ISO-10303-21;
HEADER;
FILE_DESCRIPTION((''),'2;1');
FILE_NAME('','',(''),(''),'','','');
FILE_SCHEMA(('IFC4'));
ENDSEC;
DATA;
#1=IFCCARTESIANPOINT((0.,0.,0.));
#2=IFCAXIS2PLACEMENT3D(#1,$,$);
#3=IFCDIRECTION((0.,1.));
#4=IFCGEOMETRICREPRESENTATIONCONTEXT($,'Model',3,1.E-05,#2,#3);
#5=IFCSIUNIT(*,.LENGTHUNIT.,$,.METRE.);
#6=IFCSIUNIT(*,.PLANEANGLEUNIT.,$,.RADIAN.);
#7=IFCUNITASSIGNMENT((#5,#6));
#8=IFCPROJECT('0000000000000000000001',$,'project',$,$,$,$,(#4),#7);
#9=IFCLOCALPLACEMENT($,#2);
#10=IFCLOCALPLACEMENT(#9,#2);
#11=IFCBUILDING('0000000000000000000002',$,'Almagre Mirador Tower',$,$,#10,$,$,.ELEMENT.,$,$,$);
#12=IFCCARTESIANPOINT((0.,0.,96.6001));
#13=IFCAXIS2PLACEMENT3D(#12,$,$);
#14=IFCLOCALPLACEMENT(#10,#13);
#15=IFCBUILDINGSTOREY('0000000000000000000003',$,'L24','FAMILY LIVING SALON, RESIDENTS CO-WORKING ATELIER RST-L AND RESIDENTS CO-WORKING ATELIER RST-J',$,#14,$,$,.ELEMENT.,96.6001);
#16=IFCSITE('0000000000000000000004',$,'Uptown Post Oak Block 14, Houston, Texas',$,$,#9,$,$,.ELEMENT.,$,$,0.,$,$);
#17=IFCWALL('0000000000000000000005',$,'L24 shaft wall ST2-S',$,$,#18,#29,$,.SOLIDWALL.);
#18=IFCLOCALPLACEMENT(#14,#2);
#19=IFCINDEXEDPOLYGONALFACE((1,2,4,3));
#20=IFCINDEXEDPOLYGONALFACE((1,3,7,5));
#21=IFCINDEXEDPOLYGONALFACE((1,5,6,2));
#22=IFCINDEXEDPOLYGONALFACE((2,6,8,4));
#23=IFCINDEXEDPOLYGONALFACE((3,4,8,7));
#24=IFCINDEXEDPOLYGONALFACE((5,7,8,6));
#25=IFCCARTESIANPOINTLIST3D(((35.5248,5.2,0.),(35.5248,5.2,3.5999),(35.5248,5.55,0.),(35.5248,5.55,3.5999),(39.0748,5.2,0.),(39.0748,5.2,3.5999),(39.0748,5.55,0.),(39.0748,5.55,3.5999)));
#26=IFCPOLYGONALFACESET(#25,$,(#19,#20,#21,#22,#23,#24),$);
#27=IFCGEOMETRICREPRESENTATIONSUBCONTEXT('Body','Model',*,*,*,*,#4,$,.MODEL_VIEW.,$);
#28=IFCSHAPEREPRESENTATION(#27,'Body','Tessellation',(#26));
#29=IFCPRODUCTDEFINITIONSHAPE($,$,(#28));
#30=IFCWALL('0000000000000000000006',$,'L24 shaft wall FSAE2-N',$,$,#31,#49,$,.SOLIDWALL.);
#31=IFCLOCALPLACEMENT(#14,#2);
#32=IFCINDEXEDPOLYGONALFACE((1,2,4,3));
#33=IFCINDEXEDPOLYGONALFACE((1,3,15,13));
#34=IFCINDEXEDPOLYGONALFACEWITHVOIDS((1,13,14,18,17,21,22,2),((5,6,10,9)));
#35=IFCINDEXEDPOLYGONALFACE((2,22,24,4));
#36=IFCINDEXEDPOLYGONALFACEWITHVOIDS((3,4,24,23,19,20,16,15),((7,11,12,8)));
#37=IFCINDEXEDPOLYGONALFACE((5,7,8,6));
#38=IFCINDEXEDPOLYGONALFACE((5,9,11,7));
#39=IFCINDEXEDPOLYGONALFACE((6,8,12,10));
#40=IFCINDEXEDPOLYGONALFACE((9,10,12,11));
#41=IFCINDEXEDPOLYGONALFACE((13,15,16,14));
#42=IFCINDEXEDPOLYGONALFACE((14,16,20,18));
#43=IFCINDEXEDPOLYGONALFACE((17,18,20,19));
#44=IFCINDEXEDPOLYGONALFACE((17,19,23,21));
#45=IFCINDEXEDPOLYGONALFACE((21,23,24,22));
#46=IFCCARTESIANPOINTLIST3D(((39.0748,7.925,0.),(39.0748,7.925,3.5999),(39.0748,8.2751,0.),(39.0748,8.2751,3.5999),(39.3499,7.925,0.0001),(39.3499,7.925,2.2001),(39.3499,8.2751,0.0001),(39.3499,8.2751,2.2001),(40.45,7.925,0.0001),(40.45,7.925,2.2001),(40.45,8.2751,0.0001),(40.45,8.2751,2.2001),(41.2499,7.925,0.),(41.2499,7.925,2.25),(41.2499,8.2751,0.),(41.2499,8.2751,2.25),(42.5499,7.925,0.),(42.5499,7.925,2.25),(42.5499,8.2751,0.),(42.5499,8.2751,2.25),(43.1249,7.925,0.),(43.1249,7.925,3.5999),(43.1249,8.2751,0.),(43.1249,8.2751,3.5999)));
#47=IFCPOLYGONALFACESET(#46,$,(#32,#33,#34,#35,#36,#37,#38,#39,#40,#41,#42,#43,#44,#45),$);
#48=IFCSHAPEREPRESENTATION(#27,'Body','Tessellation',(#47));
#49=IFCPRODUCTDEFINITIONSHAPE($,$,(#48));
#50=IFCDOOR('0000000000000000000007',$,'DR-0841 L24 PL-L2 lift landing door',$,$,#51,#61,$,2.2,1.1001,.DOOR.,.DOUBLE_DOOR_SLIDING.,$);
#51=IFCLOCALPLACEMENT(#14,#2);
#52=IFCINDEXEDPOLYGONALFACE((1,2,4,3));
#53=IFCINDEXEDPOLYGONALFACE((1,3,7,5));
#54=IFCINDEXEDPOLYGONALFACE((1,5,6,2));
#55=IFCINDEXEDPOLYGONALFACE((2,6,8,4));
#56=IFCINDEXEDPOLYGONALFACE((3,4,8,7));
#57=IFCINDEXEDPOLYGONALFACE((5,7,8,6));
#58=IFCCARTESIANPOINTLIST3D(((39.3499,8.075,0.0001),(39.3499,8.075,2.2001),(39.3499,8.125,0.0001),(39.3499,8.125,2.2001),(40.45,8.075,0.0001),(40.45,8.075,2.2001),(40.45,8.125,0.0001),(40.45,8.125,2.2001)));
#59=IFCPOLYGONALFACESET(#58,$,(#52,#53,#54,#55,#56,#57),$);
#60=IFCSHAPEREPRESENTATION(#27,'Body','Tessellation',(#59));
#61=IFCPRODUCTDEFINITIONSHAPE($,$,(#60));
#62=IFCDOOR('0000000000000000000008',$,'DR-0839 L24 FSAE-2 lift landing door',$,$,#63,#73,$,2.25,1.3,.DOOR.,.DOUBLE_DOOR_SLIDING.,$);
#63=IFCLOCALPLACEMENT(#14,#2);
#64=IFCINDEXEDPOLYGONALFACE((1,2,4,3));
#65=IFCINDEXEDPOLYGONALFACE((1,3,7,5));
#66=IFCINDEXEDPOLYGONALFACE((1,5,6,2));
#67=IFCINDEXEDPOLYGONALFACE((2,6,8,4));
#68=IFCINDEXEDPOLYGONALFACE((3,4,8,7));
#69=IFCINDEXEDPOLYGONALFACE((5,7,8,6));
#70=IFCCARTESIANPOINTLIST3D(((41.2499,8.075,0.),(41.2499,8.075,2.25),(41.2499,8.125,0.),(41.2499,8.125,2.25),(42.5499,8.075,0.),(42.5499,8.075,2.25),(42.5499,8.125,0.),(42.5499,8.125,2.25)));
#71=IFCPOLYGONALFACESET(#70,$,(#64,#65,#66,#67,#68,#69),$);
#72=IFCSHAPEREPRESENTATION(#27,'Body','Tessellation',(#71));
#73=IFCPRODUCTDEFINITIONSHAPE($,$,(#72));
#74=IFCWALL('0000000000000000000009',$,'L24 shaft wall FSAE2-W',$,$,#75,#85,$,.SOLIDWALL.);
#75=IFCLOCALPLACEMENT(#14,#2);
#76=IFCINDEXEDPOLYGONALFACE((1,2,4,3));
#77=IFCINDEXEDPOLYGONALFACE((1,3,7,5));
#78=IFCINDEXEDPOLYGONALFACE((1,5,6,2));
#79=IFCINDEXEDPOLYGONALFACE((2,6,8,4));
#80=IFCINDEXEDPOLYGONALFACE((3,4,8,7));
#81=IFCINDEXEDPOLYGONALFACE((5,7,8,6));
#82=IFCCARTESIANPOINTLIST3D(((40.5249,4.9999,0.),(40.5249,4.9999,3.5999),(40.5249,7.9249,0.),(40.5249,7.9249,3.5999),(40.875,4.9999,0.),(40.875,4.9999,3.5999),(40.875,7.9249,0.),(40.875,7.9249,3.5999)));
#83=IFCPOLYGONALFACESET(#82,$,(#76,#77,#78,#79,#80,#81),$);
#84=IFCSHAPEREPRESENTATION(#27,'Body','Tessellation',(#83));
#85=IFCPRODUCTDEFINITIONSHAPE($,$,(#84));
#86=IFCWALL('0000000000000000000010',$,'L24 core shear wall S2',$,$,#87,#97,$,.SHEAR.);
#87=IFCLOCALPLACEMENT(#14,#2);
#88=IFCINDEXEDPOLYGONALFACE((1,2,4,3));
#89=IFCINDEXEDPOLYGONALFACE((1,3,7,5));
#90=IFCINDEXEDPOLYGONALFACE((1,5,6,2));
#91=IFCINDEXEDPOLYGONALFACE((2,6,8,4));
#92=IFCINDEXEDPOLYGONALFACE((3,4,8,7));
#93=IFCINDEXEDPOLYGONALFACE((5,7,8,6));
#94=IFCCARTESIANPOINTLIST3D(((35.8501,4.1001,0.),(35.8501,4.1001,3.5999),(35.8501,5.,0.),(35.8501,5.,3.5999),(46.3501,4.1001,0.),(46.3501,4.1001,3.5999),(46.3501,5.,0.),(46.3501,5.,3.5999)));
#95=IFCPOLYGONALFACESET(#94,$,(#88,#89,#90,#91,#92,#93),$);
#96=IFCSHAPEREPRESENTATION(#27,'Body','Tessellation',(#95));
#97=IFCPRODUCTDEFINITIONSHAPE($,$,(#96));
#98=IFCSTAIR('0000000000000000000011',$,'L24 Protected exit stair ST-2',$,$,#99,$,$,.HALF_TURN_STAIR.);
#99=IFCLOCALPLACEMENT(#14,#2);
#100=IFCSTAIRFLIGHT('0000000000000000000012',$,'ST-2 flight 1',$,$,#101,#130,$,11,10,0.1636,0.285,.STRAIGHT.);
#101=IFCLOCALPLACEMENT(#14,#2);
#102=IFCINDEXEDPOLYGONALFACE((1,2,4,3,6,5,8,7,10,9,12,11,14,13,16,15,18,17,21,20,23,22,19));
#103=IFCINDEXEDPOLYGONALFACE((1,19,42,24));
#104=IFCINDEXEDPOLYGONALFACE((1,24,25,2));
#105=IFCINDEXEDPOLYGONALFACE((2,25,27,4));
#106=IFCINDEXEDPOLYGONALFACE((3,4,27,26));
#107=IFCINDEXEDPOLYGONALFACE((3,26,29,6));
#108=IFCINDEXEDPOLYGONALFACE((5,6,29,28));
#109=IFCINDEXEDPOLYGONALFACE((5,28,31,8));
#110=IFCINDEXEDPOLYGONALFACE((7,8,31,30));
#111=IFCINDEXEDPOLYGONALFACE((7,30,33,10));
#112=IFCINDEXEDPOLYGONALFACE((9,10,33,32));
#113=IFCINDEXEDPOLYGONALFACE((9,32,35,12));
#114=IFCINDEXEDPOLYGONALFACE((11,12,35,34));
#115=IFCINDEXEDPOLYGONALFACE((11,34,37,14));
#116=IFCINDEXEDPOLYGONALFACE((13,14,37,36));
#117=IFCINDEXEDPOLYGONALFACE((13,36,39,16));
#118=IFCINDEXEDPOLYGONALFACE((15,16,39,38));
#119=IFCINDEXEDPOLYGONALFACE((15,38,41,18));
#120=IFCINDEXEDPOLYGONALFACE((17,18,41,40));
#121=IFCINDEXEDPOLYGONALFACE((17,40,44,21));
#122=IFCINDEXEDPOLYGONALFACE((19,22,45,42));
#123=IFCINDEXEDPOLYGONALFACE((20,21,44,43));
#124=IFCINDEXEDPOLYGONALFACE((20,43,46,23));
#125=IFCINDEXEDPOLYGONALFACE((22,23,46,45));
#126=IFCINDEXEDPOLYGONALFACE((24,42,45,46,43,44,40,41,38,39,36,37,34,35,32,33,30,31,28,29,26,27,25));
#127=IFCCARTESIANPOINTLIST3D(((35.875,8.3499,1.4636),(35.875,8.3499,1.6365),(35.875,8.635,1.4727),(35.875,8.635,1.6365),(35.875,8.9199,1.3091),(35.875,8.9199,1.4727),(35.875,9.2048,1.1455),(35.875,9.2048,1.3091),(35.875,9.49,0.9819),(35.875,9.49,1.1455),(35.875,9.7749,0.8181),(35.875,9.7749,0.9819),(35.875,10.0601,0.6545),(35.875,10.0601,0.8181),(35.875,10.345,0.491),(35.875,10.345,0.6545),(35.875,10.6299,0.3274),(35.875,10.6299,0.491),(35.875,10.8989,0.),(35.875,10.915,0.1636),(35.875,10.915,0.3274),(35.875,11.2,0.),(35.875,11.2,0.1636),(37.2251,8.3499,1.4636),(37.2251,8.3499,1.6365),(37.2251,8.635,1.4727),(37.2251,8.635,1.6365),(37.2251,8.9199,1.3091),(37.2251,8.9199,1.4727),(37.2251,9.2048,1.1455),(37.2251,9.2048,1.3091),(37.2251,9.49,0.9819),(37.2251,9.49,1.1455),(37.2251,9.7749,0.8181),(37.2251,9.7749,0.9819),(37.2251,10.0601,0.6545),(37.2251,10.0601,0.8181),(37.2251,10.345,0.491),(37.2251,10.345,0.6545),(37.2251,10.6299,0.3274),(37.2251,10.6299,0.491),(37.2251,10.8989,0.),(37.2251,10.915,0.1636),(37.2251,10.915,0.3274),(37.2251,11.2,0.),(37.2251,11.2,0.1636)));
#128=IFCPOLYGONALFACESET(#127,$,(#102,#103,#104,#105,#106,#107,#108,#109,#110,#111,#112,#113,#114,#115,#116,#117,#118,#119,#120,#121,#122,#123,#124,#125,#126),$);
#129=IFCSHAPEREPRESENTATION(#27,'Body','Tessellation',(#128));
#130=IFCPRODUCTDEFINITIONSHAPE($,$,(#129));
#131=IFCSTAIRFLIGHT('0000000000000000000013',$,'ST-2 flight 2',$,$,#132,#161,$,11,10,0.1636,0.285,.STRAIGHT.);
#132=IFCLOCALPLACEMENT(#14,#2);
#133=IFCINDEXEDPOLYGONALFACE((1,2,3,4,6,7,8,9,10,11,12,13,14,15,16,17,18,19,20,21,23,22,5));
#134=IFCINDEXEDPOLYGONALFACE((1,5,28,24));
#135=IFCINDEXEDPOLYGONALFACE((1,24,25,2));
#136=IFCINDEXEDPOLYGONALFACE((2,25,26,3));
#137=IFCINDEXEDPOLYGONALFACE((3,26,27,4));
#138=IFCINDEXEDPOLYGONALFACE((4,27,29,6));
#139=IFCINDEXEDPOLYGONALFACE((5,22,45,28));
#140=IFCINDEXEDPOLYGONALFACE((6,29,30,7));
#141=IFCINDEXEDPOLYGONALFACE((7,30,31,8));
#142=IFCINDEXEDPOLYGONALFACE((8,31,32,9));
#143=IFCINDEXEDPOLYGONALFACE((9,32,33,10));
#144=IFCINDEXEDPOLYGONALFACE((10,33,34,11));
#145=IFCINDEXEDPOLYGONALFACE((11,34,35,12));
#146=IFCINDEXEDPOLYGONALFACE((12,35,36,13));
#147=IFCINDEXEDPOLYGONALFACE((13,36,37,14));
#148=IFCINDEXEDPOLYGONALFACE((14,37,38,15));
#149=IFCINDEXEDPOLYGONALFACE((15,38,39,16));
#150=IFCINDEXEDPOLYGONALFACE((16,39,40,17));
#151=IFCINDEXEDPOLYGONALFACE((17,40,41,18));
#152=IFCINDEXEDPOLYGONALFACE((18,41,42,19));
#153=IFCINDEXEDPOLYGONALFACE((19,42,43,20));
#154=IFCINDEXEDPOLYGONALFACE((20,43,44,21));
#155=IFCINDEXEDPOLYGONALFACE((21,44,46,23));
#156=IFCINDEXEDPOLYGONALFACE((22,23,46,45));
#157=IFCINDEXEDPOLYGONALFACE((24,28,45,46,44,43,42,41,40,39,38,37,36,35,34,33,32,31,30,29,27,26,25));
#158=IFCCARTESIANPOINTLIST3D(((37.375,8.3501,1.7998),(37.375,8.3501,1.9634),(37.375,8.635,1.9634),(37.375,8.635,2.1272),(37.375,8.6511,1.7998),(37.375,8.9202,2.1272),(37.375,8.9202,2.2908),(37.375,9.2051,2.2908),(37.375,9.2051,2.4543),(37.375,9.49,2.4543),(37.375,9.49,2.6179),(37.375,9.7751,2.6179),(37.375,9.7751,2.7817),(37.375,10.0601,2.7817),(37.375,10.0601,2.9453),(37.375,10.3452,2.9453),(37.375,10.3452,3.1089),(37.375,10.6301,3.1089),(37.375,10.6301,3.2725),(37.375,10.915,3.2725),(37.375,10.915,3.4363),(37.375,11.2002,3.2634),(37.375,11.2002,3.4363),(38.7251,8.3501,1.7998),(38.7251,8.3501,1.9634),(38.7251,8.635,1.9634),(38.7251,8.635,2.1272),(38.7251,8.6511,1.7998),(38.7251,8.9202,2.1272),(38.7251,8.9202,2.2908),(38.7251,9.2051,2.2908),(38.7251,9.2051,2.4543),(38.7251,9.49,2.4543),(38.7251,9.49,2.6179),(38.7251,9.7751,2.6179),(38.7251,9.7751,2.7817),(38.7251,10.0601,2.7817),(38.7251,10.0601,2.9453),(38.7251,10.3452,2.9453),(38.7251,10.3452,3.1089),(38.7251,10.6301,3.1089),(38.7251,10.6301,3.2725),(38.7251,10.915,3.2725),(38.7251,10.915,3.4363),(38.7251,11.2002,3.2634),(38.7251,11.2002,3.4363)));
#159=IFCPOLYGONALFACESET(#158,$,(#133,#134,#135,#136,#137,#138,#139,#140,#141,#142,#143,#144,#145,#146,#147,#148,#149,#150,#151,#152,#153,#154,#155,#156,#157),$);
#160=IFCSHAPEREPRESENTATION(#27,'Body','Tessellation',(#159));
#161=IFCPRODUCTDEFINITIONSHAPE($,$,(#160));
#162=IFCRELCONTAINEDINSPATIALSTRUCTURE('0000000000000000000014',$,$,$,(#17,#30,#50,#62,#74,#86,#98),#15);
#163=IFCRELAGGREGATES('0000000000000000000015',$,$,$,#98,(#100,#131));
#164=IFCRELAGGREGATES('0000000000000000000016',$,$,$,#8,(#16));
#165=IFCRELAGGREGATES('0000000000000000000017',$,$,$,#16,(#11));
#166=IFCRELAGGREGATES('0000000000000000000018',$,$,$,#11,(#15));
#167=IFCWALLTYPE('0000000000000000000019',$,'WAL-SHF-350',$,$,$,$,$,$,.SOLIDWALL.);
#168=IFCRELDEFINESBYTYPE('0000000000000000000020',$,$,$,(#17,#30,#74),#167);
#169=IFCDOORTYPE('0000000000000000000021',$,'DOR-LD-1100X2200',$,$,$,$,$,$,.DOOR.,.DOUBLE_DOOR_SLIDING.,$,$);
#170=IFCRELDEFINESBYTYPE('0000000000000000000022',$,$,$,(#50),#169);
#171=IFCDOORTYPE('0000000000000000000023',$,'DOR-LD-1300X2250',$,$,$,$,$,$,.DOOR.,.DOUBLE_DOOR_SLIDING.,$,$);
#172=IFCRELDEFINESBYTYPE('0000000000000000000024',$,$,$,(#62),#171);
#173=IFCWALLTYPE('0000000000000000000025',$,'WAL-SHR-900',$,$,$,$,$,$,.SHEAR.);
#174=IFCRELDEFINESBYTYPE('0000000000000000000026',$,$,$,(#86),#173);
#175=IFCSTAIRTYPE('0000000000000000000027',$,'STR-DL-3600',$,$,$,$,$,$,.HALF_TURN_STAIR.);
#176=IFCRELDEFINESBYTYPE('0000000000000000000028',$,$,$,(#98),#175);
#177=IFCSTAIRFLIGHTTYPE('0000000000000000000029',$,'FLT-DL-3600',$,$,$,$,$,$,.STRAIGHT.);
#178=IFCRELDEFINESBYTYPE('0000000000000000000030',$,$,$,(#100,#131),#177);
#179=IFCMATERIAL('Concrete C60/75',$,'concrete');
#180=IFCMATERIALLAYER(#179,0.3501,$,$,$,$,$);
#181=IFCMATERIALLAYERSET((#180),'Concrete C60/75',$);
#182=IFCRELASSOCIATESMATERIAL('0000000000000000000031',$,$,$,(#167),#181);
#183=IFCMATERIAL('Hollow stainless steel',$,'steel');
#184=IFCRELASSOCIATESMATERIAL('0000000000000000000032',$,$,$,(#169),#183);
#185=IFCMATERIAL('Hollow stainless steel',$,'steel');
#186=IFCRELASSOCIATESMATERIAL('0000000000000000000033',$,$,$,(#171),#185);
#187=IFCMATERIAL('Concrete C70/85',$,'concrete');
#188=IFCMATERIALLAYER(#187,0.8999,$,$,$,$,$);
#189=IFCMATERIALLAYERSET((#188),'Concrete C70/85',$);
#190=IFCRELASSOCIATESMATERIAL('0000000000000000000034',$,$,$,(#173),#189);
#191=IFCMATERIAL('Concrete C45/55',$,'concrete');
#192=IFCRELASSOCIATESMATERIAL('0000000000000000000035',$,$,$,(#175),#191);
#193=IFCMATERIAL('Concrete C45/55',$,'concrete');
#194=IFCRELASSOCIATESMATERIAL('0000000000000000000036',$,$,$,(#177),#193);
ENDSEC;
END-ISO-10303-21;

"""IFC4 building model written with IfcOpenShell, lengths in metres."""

from ifc_helpers import new_model, si_unit, direction, frame, frame_2d, origin, place, context, subcontext, project, spatial, polyline, rectangle, outline, extrude, material, layer, layer_set, type_object, element, fill, aggregate, save


model = new_model("IFC4")

# Units and contexts
model_context = context("Model", 3, precision=1e-05, world=origin(), true_north=direction((0.0, 1.0)))
body_context = subcontext(model_context, "Body", "Model", "MODEL_VIEW")
ifc_project = project(units=[si_unit("LENGTHUNIT", "METRE"), si_unit("PLANEANGLEUNIT", "RADIAN")], contexts=[model_context])

# Site, building, storey
site_placement = place(None, origin())
site = spatial("IfcSite", under=ifc_project, at=site_placement, Name="Uptown Post Oak Block 14, Houston, Texas", CompositionType="ELEMENT", RefElevation=0.0)
building_placement = place(site_placement, origin())
building = spatial("IfcBuilding", under=site, at=building_placement, Name="Almagre Mirador Tower", CompositionType="ELEMENT")
storey_placement = place(building_placement, frame((0.0, 0.0, 96.6001)))
storey = spatial("IfcBuildingStorey", under=building, at=storey_placement, Name="L24", Description="FAMILY LIVING SALON, RESIDENTS CO-WORKING ATELIER RST-L AND RESIDENTS CO-WORKING ATELIER RST-J", CompositionType="ELEMENT", Elevation=96.6001)

# Shared definitions
ifc_material_1 = material(Name="Concrete C60/75", Category="concrete")
ifc_layer_1 = layer(ifc_material_1, 0.3501)
ifc_layer_set_1 = layer_set([ifc_layer_1], Name="Concrete C60/75")
wall_type_1 = type_object("IfcWallType", Name="WAL-SHF-350", PredefinedType="SOLIDWALL", material=ifc_layer_set_1)

# Wall
wall_1_placement = place(storey_placement, frame((35.5249, 5.375, 0.0), z_axis=(0.0, 0.0, 1.0), x_axis=(1.0, 0.0, 0.0)))
element("IfcWall", 1, at=wall_1_placement, inside=storey, type_object=wall_type_1, Name="L24 shaft wall ST2-S", PredefinedType="SOLIDWALL", context=body_context, shape_type="SweptSolid", body=[
    extrude(rectangle(XDim=3.55, YDim=0.3501, at=frame_2d((1.7749, 0.0))), origin(), (0.0, 0.0, 1.0), 3.5999),
])

# Wall, openings, doors
wall_2_placement = place(storey_placement, frame((39.075, 8.1001, 0.0), z_axis=(0.0, 0.0, 1.0), x_axis=(1.0, 0.0, 0.0)))
wall_2 = element("IfcWall", 2, at=wall_2_placement, inside=storey, type_object=wall_type_1, Name="L24 shaft wall FSAE2-N", PredefinedType="SOLIDWALL", context=body_context, shape_type="SweptSolid", body=[
    extrude(rectangle(XDim=4.05, YDim=0.3501, at=frame_2d((2.0249, 0.0))), origin(), (0.0, 0.0, 1.0), 3.5999),
])
opening_1_placement = place(wall_2_placement, frame((2.175, 0.0, 0.0)))
opening_1 = element("IfcOpeningElement", 3, at=opening_1_placement, cuts=wall_2, PredefinedType="OPENING", context=body_context, shape_type="SweptSolid", body=[
    extrude(rectangle(XDim=1.3, YDim=2.25, at=frame_2d((0.6499, 1.125))), frame((0.0, 0.185, 0.0), z_axis=(0.0, -1.0, 0.0), x_axis=(1.0, 0.0, 0.0)), (0.0, 0.0, 1.0), 0.3701),
])
opening_2_placement = place(wall_2_placement, frame((0.2749, 0.0, 0.0)))
opening_2 = element("IfcOpeningElement", 4, at=opening_2_placement, cuts=wall_2, PredefinedType="OPENING", context=body_context, shape_type="SweptSolid", body=[
    extrude(rectangle(XDim=1.1001, YDim=2.2, at=frame_2d((0.55, 1.1001))), frame((0.0, 0.185, 0.0), z_axis=(0.0, -1.0, 0.0), x_axis=(1.0, 0.0, 0.0)), (0.0, 0.0, 1.0), 0.3701),
])
ifc_material_2 = material(Name="Hollow stainless steel", Category="steel")
door_type_1 = type_object("IfcDoorType", Name="DOR-LD-1100X2200", OperationType="DOUBLE_DOOR_SLIDING", PredefinedType="DOOR", material=ifc_material_2)
door_1_placement = place(opening_2_placement, origin())
door_1 = element("IfcDoor", 5, at=door_1_placement, inside=storey, type_object=door_type_1, Name="DR-0841 L24 PL-L2 lift landing door", OperationType="DOUBLE_DOOR_SLIDING", OverallHeight=2.2, OverallWidth=1.1001, PredefinedType="DOOR", context=body_context, shape_type="SweptSolid", body=[
    extrude(rectangle(XDim=1.1001, YDim=2.2, at=frame_2d((0.55, 1.1001))), frame((0.0, 0.0249, 0.0), z_axis=(0.0, -1.0, 0.0), x_axis=(1.0, 0.0, 0.0)), (0.0, 0.0, 1.0), 0.05),
])
fill(opening_2, door_1)
ifc_material_3 = material(Name="Hollow stainless steel", Category="steel")
door_type_2 = type_object("IfcDoorType", Name="DOR-LD-1300X2250", OperationType="DOUBLE_DOOR_SLIDING", PredefinedType="DOOR", material=ifc_material_3)
door_2_placement = place(opening_1_placement, origin())
door_2 = element("IfcDoor", 6, at=door_2_placement, inside=storey, type_object=door_type_2, Name="DR-0839 L24 FSAE-2 lift landing door", OperationType="DOUBLE_DOOR_SLIDING", OverallHeight=2.25, OverallWidth=1.3, PredefinedType="DOOR", context=body_context, shape_type="SweptSolid", body=[
    extrude(rectangle(XDim=1.3, YDim=2.25, at=frame_2d((0.6499, 1.125))), frame((0.0, 0.0249, 0.0), z_axis=(0.0, -1.0, 0.0), x_axis=(1.0, 0.0, 0.0)), (0.0, 0.0, 1.0), 0.05),
])
fill(opening_1, door_2)

# Walls
wall_3_placement = place(storey_placement, frame((40.7, 5.0, 0.0), z_axis=(0.0, 0.0, 1.0), x_axis=(0.0, 1.0, 0.0)))
element("IfcWall", 7, at=wall_3_placement, inside=storey, type_object=wall_type_1, Name="L24 shaft wall FSAE2-W", PredefinedType="SOLIDWALL", context=body_context, shape_type="SweptSolid", body=[
    extrude(rectangle(XDim=2.925, YDim=0.3501, at=frame_2d((1.4624, 0.0))), origin(), (0.0, 0.0, 1.0), 3.5999),
])
ifc_material_4 = material(Name="Concrete C70/85", Category="concrete")
ifc_layer_2 = layer(ifc_material_4, 0.8999)
ifc_layer_set_2 = layer_set([ifc_layer_2], Name="Concrete C70/85")
wall_type_2 = type_object("IfcWallType", Name="WAL-SHR-900", PredefinedType="SHEAR", material=ifc_layer_set_2)
wall_4_placement = place(storey_placement, frame((35.8501, 4.55, 0.0), z_axis=(0.0, 0.0, 1.0), x_axis=(1.0, 0.0, 0.0)))
element("IfcWall", 8, at=wall_4_placement, inside=storey, type_object=wall_type_2, Name="L24 core shear wall S2", PredefinedType="SHEAR", context=body_context, shape_type="SweptSolid", body=[
    extrude(rectangle(XDim=10.5, YDim=0.8999, at=frame_2d((5.25, 0.0))), origin(), (0.0, 0.0, 1.0), 3.5999),
])

# Stair, stair flights
ifc_material_5 = material(Name="Concrete C45/55", Category="concrete")
stair_type = type_object("IfcStairType", Name="STR-DL-3600", PredefinedType="HALF_TURN_STAIR", material=ifc_material_5)
stair_placement = place(storey_placement, origin())
stair = element("IfcStair", 9, at=stair_placement, inside=storey, type_object=stair_type, Name="L24 Protected exit stair ST-2", PredefinedType="HALF_TURN_STAIR")
ifc_material_6 = material(Name="Concrete C45/55", Category="concrete")
stair_flight_type = type_object("IfcStairFlightType", Name="FLT-DL-3600", PredefinedType="STRAIGHT", material=ifc_material_6)
stair_flight_1_placement = place(storey_placement, frame((36.55, 11.2, 0.0), z_axis=(0.0, 0.0, 1.0), x_axis=(0.0, -1.0, 0.0)))
stair_flight_1 = element("IfcStairFlight", 10, at=stair_flight_1_placement, type_object=stair_flight_type, Name="ST-2 flight 1", NumberOfRisers=11, NumberOfTreads=10, PredefinedType="STRAIGHT", RiserHeight=0.1636, TreadLength=0.285, context=body_context, shape_type="SweptSolid", body=[
    extrude(outline(polyline([(0.0, 0.0), (0.0, 0.1636), (0.2849, 0.1636), (0.2849, 0.3274), (0.5701, 0.3274), (0.5701, 0.491), (0.855, 0.491), (0.855, 0.6545), (1.1399, 0.6545), (1.1399, 0.8181), (1.425, 0.8181), (1.425, 0.9819), (1.71, 0.9819), (1.71, 1.1455), (1.9951, 1.1455), (1.9951, 1.3091), (2.28, 1.3091), (2.28, 1.4727), (2.5649, 1.4727), (2.5649, 1.6365), (2.8501, 1.6365), (2.8501, 1.8), (2.8501, 1.4636), (0.301, 0.0), (0.0, 0.0)])), frame((0.0, 0.675, 0.0), z_axis=(0.0, -1.0, 0.0), x_axis=(1.0, 0.0, 0.0)), (0.0, 0.0, 1.0), 1.3501),
])
stair_flight_2_placement = place(storey_placement, frame((38.05, 8.3501, 1.7998), z_axis=(0.0, 0.0, 1.0), x_axis=(0.0, 1.0, 0.0)))
stair_flight_2 = element("IfcStairFlight", 11, at=stair_flight_2_placement, type_object=stair_flight_type, Name="ST-2 flight 2", NumberOfRisers=11, NumberOfTreads=10, PredefinedType="STRAIGHT", RiserHeight=0.1636, TreadLength=0.285, context=body_context, shape_type="SweptSolid", body=[
    extrude(outline(polyline([(0.0, 0.0), (0.0, 0.1636), (0.2849, 0.1636), (0.2849, 0.3274), (0.5701, 0.3274), (0.5701, 0.491), (0.855, 0.491), (0.855, 0.6545), (1.1399, 0.6545), (1.1399, 0.8181), (1.425, 0.8181), (1.425, 0.9819), (1.71, 0.9819), (1.71, 1.1455), (1.9951, 1.1455), (1.9951, 1.3091), (2.28, 1.3091), (2.28, 1.4727), (2.5649, 1.4727), (2.5649, 1.6365), (2.8501, 1.6365), (2.8501, 1.8), (2.8501, 1.4636), (0.301, 0.0), (0.0, 0.0)])), frame((0.0, 0.675, 0.0), z_axis=(0.0, -1.0, 0.0), x_axis=(1.0, 0.0, 0.0)), (0.0, 0.0, 1.0), 1.3501),
])
aggregate(stair, [stair_flight_1, stair_flight_2])

save(model, "model.ifc")
